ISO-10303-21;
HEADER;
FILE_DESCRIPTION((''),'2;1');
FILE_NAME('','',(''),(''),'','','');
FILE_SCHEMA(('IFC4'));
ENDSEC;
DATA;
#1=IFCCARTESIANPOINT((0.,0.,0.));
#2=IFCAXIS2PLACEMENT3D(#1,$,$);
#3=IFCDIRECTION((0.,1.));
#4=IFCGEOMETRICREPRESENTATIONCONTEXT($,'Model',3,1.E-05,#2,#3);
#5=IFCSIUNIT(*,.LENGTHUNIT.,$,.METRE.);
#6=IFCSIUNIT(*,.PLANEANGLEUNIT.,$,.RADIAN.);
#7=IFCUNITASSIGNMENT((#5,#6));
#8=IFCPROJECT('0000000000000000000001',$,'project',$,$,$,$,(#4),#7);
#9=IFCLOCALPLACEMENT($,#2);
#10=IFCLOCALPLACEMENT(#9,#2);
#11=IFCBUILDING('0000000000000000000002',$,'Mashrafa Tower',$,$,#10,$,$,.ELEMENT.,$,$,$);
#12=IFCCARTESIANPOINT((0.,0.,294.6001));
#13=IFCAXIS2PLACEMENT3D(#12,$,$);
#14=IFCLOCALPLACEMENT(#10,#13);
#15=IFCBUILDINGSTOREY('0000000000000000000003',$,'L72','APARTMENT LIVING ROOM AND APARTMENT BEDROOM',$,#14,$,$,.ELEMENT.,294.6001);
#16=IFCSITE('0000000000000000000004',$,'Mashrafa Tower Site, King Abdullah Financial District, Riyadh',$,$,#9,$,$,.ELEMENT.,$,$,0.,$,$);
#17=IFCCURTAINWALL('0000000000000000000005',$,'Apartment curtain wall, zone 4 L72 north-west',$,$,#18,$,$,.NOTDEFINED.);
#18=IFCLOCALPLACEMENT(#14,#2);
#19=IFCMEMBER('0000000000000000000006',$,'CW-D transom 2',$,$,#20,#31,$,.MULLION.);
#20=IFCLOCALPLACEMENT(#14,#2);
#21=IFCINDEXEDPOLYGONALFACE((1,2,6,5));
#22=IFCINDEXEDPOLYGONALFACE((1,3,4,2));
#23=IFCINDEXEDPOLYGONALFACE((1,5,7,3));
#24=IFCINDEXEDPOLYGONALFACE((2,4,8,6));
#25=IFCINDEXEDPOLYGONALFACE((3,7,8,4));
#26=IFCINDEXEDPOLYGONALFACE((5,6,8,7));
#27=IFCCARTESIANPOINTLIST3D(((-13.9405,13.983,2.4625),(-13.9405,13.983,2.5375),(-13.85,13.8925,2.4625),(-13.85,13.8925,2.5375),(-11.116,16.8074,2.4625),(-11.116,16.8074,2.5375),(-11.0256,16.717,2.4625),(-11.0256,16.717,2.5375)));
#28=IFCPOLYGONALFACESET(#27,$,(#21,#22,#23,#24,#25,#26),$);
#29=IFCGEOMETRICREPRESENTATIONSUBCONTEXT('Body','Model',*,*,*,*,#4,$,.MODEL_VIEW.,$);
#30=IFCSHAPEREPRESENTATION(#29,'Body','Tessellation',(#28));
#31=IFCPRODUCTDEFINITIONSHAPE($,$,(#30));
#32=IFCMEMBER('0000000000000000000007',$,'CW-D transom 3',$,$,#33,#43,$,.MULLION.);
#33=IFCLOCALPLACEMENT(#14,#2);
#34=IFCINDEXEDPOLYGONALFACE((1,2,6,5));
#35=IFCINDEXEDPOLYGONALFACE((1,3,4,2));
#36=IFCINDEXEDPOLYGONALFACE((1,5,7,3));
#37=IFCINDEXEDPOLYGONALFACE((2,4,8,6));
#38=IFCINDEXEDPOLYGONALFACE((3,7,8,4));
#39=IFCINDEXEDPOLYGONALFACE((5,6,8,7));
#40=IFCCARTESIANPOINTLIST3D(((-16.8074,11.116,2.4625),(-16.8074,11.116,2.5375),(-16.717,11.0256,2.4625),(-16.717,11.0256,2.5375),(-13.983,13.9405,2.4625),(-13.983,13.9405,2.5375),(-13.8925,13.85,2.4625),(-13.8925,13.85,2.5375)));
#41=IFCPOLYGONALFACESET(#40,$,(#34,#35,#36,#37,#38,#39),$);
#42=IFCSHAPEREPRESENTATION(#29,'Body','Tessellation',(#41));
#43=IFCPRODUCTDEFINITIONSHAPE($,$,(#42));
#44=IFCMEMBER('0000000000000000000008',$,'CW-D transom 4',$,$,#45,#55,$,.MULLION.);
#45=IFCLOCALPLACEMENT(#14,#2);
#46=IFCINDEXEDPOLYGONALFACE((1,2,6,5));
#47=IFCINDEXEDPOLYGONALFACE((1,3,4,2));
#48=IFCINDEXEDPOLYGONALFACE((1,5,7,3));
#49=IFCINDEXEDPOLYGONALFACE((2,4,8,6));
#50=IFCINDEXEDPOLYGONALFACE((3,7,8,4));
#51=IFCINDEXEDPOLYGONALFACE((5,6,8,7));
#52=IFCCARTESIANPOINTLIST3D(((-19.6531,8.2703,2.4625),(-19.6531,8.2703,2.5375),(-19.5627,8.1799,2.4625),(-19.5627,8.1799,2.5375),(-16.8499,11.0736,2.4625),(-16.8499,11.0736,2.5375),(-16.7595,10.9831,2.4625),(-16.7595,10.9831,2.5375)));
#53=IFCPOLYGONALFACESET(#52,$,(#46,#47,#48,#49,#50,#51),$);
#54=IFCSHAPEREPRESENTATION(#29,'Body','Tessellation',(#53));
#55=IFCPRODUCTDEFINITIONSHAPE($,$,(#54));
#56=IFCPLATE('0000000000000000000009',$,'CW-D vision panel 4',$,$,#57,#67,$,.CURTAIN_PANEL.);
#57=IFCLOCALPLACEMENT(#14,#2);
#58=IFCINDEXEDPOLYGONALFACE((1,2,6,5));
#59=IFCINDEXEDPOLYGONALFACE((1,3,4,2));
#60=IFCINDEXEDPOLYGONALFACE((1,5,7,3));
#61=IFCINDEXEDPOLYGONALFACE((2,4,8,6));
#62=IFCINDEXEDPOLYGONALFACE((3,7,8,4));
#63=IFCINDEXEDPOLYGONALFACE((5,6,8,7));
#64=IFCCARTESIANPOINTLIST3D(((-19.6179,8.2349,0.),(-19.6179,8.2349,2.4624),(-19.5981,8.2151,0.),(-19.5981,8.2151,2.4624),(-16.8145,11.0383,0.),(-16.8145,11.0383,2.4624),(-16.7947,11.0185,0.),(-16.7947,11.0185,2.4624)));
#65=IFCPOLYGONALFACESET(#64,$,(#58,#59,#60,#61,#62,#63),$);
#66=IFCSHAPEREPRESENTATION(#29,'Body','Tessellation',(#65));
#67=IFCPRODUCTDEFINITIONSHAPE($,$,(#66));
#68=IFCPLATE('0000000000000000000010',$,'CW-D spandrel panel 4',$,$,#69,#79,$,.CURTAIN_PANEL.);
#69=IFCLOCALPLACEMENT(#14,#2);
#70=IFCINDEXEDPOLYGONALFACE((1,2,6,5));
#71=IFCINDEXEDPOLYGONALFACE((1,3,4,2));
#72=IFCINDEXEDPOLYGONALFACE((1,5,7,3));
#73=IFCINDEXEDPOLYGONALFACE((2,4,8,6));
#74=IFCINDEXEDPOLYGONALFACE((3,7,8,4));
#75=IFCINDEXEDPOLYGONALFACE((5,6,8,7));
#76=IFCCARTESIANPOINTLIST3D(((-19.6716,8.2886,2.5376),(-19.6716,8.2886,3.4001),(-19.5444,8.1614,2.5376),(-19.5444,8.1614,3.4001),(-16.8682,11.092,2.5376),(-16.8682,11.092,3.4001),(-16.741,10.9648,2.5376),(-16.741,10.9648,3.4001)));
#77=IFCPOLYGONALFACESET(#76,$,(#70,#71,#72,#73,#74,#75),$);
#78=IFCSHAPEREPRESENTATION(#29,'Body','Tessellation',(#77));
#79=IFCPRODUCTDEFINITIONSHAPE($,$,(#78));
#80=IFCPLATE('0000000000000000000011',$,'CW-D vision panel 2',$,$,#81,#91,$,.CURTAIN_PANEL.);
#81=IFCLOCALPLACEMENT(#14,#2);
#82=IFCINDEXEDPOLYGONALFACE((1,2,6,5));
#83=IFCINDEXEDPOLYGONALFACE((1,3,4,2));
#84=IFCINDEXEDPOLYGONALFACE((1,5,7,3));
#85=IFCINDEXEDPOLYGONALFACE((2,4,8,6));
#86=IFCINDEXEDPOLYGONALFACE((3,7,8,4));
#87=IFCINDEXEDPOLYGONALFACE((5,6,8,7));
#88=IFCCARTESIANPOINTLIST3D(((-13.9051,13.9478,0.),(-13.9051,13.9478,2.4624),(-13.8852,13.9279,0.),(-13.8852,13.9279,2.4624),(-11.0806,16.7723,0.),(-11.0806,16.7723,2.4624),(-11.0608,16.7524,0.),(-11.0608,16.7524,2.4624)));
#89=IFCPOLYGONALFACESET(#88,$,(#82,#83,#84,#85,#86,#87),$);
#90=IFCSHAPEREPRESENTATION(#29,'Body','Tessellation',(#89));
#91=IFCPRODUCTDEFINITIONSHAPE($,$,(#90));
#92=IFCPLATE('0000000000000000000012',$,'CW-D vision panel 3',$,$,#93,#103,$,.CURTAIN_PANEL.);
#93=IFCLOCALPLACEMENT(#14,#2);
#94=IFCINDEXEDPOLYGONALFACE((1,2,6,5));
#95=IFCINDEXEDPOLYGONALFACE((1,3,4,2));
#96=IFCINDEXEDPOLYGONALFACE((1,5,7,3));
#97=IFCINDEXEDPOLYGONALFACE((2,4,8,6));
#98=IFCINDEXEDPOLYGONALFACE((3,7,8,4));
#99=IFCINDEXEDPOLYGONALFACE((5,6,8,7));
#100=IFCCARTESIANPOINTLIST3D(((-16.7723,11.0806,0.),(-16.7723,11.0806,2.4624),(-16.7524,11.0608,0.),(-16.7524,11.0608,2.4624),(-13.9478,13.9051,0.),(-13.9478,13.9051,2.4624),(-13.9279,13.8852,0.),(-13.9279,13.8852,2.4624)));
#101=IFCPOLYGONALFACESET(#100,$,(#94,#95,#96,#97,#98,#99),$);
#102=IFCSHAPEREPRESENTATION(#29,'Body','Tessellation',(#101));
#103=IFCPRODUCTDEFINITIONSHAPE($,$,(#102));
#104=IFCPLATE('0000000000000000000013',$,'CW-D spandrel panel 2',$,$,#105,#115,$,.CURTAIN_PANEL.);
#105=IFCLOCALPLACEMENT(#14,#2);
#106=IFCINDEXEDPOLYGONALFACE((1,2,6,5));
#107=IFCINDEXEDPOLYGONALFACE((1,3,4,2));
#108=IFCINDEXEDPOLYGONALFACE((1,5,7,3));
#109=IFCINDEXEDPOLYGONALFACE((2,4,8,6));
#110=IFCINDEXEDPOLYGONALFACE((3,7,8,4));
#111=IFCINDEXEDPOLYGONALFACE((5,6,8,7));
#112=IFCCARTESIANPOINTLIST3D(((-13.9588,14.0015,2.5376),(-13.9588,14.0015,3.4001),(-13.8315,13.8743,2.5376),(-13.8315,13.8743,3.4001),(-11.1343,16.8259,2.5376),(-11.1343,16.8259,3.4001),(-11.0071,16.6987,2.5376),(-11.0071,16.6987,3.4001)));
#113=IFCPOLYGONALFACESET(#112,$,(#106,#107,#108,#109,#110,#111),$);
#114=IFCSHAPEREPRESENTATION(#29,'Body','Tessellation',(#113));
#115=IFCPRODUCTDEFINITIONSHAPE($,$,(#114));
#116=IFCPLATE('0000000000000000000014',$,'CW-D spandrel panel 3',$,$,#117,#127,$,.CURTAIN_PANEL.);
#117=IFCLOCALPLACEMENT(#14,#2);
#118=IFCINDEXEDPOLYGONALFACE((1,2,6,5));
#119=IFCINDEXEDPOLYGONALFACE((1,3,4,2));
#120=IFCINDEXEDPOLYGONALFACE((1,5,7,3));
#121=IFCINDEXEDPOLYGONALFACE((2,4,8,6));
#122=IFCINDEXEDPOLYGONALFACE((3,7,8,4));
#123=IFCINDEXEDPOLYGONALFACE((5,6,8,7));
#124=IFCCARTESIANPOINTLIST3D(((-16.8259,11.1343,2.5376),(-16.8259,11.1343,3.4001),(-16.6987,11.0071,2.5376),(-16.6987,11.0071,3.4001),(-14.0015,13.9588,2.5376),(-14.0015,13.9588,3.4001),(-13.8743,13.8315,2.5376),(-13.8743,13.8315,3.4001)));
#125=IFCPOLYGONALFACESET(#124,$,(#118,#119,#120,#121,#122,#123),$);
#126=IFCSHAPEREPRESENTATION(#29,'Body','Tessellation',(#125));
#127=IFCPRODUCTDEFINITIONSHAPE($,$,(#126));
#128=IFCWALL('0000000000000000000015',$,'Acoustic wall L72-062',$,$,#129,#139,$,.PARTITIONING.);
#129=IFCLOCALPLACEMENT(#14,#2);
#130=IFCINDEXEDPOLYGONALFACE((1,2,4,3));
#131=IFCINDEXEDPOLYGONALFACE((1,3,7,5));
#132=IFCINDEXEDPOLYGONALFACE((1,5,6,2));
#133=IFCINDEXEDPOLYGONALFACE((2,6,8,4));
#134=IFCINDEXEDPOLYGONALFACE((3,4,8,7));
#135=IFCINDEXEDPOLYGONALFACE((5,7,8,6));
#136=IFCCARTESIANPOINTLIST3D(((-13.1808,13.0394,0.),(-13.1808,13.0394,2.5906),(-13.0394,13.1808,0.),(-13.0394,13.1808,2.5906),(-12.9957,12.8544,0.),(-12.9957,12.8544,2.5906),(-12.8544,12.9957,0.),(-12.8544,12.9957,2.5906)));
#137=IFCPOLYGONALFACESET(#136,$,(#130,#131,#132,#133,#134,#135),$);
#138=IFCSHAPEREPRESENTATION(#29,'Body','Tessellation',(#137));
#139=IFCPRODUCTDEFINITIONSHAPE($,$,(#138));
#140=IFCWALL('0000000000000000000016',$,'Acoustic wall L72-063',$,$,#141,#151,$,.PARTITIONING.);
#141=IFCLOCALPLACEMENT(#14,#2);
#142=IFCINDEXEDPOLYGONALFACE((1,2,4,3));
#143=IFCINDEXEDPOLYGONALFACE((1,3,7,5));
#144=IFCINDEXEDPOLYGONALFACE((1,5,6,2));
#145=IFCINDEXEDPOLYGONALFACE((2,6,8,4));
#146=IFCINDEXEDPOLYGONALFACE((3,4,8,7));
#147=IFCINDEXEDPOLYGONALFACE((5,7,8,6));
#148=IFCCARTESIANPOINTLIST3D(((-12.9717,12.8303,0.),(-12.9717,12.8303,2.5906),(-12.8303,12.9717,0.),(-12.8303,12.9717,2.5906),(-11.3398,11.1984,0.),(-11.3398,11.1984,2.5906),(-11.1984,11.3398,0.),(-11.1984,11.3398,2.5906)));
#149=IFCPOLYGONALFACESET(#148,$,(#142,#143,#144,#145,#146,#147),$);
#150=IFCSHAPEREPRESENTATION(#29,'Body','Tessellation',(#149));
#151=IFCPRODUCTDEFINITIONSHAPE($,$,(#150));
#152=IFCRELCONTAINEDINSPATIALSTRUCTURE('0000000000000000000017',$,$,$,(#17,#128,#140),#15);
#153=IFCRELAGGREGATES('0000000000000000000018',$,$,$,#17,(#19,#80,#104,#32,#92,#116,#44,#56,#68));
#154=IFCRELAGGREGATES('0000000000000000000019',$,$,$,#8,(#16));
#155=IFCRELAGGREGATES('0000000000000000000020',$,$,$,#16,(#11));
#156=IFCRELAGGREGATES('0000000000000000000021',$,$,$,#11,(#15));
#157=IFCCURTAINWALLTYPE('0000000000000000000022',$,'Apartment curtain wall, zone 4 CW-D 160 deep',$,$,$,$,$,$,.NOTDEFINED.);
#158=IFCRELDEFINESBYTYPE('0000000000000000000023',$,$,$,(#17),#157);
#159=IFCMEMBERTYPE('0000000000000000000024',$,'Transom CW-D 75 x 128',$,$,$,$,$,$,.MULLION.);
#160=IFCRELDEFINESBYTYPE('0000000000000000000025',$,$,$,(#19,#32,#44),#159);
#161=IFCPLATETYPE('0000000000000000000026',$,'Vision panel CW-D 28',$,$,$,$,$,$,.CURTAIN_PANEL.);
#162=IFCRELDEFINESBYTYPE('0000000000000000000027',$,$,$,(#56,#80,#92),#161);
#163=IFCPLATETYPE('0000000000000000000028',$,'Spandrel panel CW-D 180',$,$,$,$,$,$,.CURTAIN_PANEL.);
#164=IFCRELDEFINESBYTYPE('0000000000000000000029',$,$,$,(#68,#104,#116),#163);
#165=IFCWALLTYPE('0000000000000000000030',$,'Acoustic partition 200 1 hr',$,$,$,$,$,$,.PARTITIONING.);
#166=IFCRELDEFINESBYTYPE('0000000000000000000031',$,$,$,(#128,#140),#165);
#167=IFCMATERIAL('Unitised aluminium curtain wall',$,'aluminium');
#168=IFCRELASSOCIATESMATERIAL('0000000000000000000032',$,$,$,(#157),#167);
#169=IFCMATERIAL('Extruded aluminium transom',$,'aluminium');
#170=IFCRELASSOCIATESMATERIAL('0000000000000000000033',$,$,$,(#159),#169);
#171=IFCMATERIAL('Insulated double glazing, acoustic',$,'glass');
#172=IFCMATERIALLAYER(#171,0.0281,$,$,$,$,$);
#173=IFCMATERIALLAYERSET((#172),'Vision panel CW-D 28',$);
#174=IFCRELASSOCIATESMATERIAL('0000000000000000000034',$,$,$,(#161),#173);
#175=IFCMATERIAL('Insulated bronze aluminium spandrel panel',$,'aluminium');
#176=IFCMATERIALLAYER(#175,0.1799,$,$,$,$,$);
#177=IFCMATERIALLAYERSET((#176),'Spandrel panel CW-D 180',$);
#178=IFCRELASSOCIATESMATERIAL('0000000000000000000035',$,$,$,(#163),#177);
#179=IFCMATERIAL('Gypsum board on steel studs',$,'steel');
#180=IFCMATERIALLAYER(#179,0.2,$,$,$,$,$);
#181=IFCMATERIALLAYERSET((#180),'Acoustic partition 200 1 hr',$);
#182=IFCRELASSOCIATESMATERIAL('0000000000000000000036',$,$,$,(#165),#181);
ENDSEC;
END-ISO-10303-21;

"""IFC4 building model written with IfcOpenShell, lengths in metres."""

from ifc_helpers import new_model, si_unit, direction, frame, frame_2d, origin, origin_2d, place, context, subcontext, project, spatial, rectangle, extrude, source, transform, mapped, material, layer, layer_set, material_profile, profile_set, type_object, type_shapes, element, aggregate, save


model = new_model("IFC4")

# Units and contexts
model_context = context("Model", 3, precision=1e-05, world=origin(), true_north=direction((0.0, 1.0)))
body_context = subcontext(model_context, "Body", "Model", "MODEL_VIEW")
ifc_project = project(units=[si_unit("LENGTHUNIT", "METRE"), si_unit("PLANEANGLEUNIT", "RADIAN")], contexts=[model_context])

# Site, building, storey
site_placement = place(None, origin())
site = spatial("IfcSite", under=ifc_project, at=site_placement, Name="Mashrafa Tower Site, King Abdullah Financial District, Riyadh", CompositionType="ELEMENT", RefElevation=0.0)
building_placement = place(site_placement, origin())
building = spatial("IfcBuilding", under=site, at=building_placement, Name="Mashrafa Tower", CompositionType="ELEMENT")
storey_placement = place(building_placement, frame((0.0, 0.0, 294.6001)))
storey = spatial("IfcBuildingStorey", under=building, at=storey_placement, Name="L72", Description="APARTMENT LIVING ROOM AND APARTMENT BEDROOM", CompositionType="ELEMENT", Elevation=294.6001)

# Curtain wall, members, plates
ifc_material_1 = material(Name="Unitised aluminium curtain wall", Category="aluminium")
curtain_wall_type = type_object("IfcCurtainWallType", Name="Apartment curtain wall, zone 4 CW-D 160 deep", PredefinedType="NOTDEFINED", material=ifc_material_1)
curtain_wall_placement = place(storey_placement, origin())
curtain_wall = element("IfcCurtainWall", 1, at=curtain_wall_placement, inside=storey, type_object=curtain_wall_type, Name="Apartment curtain wall, zone 4 L72 north-west", PredefinedType="NOTDEFINED")
ifc_material_2 = material(Name="Extruded aluminium transom", Category="aluminium")
ifc_material_profile_1 = material_profile(ifc_material_2, rectangle(XDim=0.1279, YDim=0.075, at=origin_2d()), Name="Transom 75x128")
ifc_profile_set_1 = profile_set([ifc_material_profile_1], Name="Extruded aluminium transom")
member_type_1 = type_object("IfcMemberType", Name="Transom CW-D 75 x 128", PredefinedType="MULLION", material=ifc_profile_set_1)
shared_shape_1 = source(origin(), body_context, "Body", "SweptSolid", [
    extrude(rectangle(XDim=0.1279, YDim=0.075, at=origin_2d()), origin(), (0.0, 0.0, 1.0), 3.9944),
])
member_1_placement = place(storey_placement, frame((-11.0708, 16.7622, 2.5), z_axis=(-0.707107, -0.707107, 0.0), x_axis=(0.707107, -0.707107, 0.0)))
member_1 = element("IfcMember", 2, at=member_1_placement, type_object=member_type_1, Name="CW-D transom 2", PredefinedType="MULLION", context=body_context, shape_type="MappedRepresentation", body=[
    mapped(shared_shape_1, transform((0.0, 0.0, 0.0))),
])
member_2_placement = place(storey_placement, frame((-13.9377, 13.8953, 2.5), z_axis=(-0.707107, -0.707107, 0.0), x_axis=(0.707107, -0.707107, 0.0)))
member_2 = element("IfcMember", 3, at=member_2_placement, type_object=member_type_1, Name="CW-D transom 3", PredefinedType="MULLION", context=body_context, shape_type="MappedRepresentation", body=[
    mapped(shared_shape_1, transform((0.0, 0.0, 0.0))),
])
shared_shape_2 = source(origin(), body_context, "Body", "SweptSolid", [
    extrude(rectangle(XDim=0.1279, YDim=0.075, at=origin_2d()), origin(), (0.0, 0.0, 1.0), 3.9644),
])
type_shapes(member_type_1, [shared_shape_1, shared_shape_2])
member_3_placement = place(storey_placement, frame((-16.8047, 11.0283, 2.5), z_axis=(-0.707107, -0.707107, 0.0), x_axis=(0.707107, -0.707107, 0.0)))
member_3 = element("IfcMember", 4, at=member_3_placement, type_object=member_type_1, Name="CW-D transom 4", PredefinedType="MULLION", context=body_context, shape_type="MappedRepresentation", body=[
    mapped(shared_shape_2, transform((0.0, 0.0, 0.0))),
])
ifc_material_3 = material(Name="Insulated double glazing, acoustic", Category="glass")
ifc_layer_1 = layer(ifc_material_3, 0.0281)
ifc_layer_set_1 = layer_set([ifc_layer_1], Name="Vision panel CW-D 28")
plate_type_1 = type_object("IfcPlateType", Name="Vision panel CW-D 28", PredefinedType="CURTAIN_PANEL", material=ifc_layer_set_1)
shared_shape_3 = source(origin(), body_context, "Body", "SweptSolid", [
    extrude(rectangle(XDim=3.9646, YDim=0.0281, at=origin_2d()), origin(), (0.0, 0.0, 1.0), 2.4624),
])
plate_1_placement = place(storey_placement, frame((-18.2063, 9.6267, 0.0), z_axis=(0.0, 0.0, 1.0), x_axis=(-0.707107, -0.707107, 0.0)))
plate_1 = element("IfcPlate", 5, at=plate_1_placement, type_object=plate_type_1, Name="CW-D vision panel 4", PredefinedType="CURTAIN_PANEL", context=body_context, shape_type="MappedRepresentation", body=[
    mapped(shared_shape_3, transform((0.0, 0.0, 0.0))),
])
ifc_material_4 = material(Name="Insulated bronze aluminium spandrel panel", Category="aluminium")
ifc_layer_2 = layer(ifc_material_4, 0.1799)
ifc_layer_set_2 = layer_set([ifc_layer_2], Name="Spandrel panel CW-D 180")
plate_type_2 = type_object("IfcPlateType", Name="Spandrel panel CW-D 180", PredefinedType="CURTAIN_PANEL", material=ifc_layer_set_2)
shared_shape_4 = source(origin(), body_context, "Body", "SweptSolid", [
    extrude(rectangle(XDim=3.9646, YDim=0.1799, at=origin_2d()), origin(), (0.0, 0.0, 1.0), 0.8625),
])
plate_2_placement = place(storey_placement, frame((-18.2063, 9.6267, 2.5376), z_axis=(0.0, 0.0, 1.0), x_axis=(-0.707107, -0.707107, 0.0)))
plate_2 = element("IfcPlate", 6, at=plate_2_placement, type_object=plate_type_2, Name="CW-D spandrel panel 4", PredefinedType="CURTAIN_PANEL", context=body_context, shape_type="MappedRepresentation", body=[
    mapped(shared_shape_4, transform((0.0, 0.0, 0.0))),
])
shared_shape_5 = source(origin(), body_context, "Body", "SweptSolid", [
    extrude(rectangle(XDim=3.9944, YDim=0.0281, at=origin_2d()), origin(), (0.0, 0.0, 1.0), 2.4624),
])
type_shapes(plate_type_1, [shared_shape_3, shared_shape_5])
plate_3_placement = place(storey_placement, frame((-12.4829, 15.3501, 0.0), z_axis=(0.0, 0.0, 1.0), x_axis=(-0.707107, -0.707107, 0.0)))
plate_3 = element("IfcPlate", 7, at=plate_3_placement, type_object=plate_type_1, Name="CW-D vision panel 2", PredefinedType="CURTAIN_PANEL", context=body_context, shape_type="MappedRepresentation", body=[
    mapped(shared_shape_5, transform((0.0, 0.0, 0.0))),
])
plate_4_placement = place(storey_placement, frame((-15.3501, 12.4829, 0.0), z_axis=(0.0, 0.0, 1.0), x_axis=(-0.707107, -0.707107, 0.0)))
plate_4 = element("IfcPlate", 8, at=plate_4_placement, type_object=plate_type_1, Name="CW-D vision panel 3", PredefinedType="CURTAIN_PANEL", context=body_context, shape_type="MappedRepresentation", body=[
    mapped(shared_shape_5, transform((0.0, 0.0, 0.0))),
])
shared_shape_6 = source(origin(), body_context, "Body", "SweptSolid", [
    extrude(rectangle(XDim=3.9944, YDim=0.1799, at=origin_2d()), origin(), (0.0, 0.0, 1.0), 0.8625),
])
type_shapes(plate_type_2, [shared_shape_4, shared_shape_6])
plate_5_placement = place(storey_placement, frame((-12.4829, 15.3501, 2.5376), z_axis=(0.0, 0.0, 1.0), x_axis=(-0.707107, -0.707107, 0.0)))
plate_5 = element("IfcPlate", 9, at=plate_5_placement, type_object=plate_type_2, Name="CW-D spandrel panel 2", PredefinedType="CURTAIN_PANEL", context=body_context, shape_type="MappedRepresentation", body=[
    mapped(shared_shape_6, transform((0.0, 0.0, 0.0))),
])
plate_6_placement = place(storey_placement, frame((-15.3501, 12.4829, 2.5376), z_axis=(0.0, 0.0, 1.0), x_axis=(-0.707107, -0.707107, 0.0)))
plate_6 = element("IfcPlate", 10, at=plate_6_placement, type_object=plate_type_2, Name="CW-D spandrel panel 3", PredefinedType="CURTAIN_PANEL", context=body_context, shape_type="MappedRepresentation", body=[
    mapped(shared_shape_6, transform((0.0, 0.0, 0.0))),
])
aggregate(curtain_wall, [member_1, plate_3, plate_5, member_2, plate_4, plate_6, member_3, plate_1, plate_2])

# Walls
ifc_material_5 = material(Name="Gypsum board on steel studs", Category="steel")
ifc_layer_3 = layer(ifc_material_5, 0.2)
ifc_layer_set_3 = layer_set([ifc_layer_3], Name="Acoustic partition 200 1 hr")
wall_type_1 = type_object("IfcWallType", Name="Acoustic partition 200 1 hr", PredefinedType="PARTITIONING", material=ifc_layer_set_3)
wall_1_placement = place(storey_placement, frame((-13.1101, 13.1101, 0.0), z_axis=(0.0, 0.0, 1.0), x_axis=(0.707107, -0.707107, 0.0)))
element("IfcWall", 11, at=wall_1_placement, inside=storey, type_object=wall_type_1, Name="Acoustic wall L72-062", PredefinedType="PARTITIONING", context=body_context, shape_type="SweptSolid", body=[
    extrude(rectangle(XDim=0.2617, YDim=0.2, at=frame_2d((0.1309, 0.0))), origin(), (0.0, 0.0, 1.0), 2.5906),
])
wall_2_placement = place(storey_placement, frame((-12.9009, 12.9009, 0.0), z_axis=(0.0, 0.0, 1.0), x_axis=(0.707107, -0.707107, 0.0)))
element("IfcWall", 12, at=wall_2_placement, inside=storey, type_object=wall_type_1, Name="Acoustic wall L72-063", PredefinedType="PARTITIONING", context=body_context, shape_type="SweptSolid", body=[
    extrude(rectangle(XDim=2.3079, YDim=0.2, at=frame_2d((1.1538, 0.0))), origin(), (0.0, 0.0, 1.0), 2.5906),
])

save(model, "model.ifc")
